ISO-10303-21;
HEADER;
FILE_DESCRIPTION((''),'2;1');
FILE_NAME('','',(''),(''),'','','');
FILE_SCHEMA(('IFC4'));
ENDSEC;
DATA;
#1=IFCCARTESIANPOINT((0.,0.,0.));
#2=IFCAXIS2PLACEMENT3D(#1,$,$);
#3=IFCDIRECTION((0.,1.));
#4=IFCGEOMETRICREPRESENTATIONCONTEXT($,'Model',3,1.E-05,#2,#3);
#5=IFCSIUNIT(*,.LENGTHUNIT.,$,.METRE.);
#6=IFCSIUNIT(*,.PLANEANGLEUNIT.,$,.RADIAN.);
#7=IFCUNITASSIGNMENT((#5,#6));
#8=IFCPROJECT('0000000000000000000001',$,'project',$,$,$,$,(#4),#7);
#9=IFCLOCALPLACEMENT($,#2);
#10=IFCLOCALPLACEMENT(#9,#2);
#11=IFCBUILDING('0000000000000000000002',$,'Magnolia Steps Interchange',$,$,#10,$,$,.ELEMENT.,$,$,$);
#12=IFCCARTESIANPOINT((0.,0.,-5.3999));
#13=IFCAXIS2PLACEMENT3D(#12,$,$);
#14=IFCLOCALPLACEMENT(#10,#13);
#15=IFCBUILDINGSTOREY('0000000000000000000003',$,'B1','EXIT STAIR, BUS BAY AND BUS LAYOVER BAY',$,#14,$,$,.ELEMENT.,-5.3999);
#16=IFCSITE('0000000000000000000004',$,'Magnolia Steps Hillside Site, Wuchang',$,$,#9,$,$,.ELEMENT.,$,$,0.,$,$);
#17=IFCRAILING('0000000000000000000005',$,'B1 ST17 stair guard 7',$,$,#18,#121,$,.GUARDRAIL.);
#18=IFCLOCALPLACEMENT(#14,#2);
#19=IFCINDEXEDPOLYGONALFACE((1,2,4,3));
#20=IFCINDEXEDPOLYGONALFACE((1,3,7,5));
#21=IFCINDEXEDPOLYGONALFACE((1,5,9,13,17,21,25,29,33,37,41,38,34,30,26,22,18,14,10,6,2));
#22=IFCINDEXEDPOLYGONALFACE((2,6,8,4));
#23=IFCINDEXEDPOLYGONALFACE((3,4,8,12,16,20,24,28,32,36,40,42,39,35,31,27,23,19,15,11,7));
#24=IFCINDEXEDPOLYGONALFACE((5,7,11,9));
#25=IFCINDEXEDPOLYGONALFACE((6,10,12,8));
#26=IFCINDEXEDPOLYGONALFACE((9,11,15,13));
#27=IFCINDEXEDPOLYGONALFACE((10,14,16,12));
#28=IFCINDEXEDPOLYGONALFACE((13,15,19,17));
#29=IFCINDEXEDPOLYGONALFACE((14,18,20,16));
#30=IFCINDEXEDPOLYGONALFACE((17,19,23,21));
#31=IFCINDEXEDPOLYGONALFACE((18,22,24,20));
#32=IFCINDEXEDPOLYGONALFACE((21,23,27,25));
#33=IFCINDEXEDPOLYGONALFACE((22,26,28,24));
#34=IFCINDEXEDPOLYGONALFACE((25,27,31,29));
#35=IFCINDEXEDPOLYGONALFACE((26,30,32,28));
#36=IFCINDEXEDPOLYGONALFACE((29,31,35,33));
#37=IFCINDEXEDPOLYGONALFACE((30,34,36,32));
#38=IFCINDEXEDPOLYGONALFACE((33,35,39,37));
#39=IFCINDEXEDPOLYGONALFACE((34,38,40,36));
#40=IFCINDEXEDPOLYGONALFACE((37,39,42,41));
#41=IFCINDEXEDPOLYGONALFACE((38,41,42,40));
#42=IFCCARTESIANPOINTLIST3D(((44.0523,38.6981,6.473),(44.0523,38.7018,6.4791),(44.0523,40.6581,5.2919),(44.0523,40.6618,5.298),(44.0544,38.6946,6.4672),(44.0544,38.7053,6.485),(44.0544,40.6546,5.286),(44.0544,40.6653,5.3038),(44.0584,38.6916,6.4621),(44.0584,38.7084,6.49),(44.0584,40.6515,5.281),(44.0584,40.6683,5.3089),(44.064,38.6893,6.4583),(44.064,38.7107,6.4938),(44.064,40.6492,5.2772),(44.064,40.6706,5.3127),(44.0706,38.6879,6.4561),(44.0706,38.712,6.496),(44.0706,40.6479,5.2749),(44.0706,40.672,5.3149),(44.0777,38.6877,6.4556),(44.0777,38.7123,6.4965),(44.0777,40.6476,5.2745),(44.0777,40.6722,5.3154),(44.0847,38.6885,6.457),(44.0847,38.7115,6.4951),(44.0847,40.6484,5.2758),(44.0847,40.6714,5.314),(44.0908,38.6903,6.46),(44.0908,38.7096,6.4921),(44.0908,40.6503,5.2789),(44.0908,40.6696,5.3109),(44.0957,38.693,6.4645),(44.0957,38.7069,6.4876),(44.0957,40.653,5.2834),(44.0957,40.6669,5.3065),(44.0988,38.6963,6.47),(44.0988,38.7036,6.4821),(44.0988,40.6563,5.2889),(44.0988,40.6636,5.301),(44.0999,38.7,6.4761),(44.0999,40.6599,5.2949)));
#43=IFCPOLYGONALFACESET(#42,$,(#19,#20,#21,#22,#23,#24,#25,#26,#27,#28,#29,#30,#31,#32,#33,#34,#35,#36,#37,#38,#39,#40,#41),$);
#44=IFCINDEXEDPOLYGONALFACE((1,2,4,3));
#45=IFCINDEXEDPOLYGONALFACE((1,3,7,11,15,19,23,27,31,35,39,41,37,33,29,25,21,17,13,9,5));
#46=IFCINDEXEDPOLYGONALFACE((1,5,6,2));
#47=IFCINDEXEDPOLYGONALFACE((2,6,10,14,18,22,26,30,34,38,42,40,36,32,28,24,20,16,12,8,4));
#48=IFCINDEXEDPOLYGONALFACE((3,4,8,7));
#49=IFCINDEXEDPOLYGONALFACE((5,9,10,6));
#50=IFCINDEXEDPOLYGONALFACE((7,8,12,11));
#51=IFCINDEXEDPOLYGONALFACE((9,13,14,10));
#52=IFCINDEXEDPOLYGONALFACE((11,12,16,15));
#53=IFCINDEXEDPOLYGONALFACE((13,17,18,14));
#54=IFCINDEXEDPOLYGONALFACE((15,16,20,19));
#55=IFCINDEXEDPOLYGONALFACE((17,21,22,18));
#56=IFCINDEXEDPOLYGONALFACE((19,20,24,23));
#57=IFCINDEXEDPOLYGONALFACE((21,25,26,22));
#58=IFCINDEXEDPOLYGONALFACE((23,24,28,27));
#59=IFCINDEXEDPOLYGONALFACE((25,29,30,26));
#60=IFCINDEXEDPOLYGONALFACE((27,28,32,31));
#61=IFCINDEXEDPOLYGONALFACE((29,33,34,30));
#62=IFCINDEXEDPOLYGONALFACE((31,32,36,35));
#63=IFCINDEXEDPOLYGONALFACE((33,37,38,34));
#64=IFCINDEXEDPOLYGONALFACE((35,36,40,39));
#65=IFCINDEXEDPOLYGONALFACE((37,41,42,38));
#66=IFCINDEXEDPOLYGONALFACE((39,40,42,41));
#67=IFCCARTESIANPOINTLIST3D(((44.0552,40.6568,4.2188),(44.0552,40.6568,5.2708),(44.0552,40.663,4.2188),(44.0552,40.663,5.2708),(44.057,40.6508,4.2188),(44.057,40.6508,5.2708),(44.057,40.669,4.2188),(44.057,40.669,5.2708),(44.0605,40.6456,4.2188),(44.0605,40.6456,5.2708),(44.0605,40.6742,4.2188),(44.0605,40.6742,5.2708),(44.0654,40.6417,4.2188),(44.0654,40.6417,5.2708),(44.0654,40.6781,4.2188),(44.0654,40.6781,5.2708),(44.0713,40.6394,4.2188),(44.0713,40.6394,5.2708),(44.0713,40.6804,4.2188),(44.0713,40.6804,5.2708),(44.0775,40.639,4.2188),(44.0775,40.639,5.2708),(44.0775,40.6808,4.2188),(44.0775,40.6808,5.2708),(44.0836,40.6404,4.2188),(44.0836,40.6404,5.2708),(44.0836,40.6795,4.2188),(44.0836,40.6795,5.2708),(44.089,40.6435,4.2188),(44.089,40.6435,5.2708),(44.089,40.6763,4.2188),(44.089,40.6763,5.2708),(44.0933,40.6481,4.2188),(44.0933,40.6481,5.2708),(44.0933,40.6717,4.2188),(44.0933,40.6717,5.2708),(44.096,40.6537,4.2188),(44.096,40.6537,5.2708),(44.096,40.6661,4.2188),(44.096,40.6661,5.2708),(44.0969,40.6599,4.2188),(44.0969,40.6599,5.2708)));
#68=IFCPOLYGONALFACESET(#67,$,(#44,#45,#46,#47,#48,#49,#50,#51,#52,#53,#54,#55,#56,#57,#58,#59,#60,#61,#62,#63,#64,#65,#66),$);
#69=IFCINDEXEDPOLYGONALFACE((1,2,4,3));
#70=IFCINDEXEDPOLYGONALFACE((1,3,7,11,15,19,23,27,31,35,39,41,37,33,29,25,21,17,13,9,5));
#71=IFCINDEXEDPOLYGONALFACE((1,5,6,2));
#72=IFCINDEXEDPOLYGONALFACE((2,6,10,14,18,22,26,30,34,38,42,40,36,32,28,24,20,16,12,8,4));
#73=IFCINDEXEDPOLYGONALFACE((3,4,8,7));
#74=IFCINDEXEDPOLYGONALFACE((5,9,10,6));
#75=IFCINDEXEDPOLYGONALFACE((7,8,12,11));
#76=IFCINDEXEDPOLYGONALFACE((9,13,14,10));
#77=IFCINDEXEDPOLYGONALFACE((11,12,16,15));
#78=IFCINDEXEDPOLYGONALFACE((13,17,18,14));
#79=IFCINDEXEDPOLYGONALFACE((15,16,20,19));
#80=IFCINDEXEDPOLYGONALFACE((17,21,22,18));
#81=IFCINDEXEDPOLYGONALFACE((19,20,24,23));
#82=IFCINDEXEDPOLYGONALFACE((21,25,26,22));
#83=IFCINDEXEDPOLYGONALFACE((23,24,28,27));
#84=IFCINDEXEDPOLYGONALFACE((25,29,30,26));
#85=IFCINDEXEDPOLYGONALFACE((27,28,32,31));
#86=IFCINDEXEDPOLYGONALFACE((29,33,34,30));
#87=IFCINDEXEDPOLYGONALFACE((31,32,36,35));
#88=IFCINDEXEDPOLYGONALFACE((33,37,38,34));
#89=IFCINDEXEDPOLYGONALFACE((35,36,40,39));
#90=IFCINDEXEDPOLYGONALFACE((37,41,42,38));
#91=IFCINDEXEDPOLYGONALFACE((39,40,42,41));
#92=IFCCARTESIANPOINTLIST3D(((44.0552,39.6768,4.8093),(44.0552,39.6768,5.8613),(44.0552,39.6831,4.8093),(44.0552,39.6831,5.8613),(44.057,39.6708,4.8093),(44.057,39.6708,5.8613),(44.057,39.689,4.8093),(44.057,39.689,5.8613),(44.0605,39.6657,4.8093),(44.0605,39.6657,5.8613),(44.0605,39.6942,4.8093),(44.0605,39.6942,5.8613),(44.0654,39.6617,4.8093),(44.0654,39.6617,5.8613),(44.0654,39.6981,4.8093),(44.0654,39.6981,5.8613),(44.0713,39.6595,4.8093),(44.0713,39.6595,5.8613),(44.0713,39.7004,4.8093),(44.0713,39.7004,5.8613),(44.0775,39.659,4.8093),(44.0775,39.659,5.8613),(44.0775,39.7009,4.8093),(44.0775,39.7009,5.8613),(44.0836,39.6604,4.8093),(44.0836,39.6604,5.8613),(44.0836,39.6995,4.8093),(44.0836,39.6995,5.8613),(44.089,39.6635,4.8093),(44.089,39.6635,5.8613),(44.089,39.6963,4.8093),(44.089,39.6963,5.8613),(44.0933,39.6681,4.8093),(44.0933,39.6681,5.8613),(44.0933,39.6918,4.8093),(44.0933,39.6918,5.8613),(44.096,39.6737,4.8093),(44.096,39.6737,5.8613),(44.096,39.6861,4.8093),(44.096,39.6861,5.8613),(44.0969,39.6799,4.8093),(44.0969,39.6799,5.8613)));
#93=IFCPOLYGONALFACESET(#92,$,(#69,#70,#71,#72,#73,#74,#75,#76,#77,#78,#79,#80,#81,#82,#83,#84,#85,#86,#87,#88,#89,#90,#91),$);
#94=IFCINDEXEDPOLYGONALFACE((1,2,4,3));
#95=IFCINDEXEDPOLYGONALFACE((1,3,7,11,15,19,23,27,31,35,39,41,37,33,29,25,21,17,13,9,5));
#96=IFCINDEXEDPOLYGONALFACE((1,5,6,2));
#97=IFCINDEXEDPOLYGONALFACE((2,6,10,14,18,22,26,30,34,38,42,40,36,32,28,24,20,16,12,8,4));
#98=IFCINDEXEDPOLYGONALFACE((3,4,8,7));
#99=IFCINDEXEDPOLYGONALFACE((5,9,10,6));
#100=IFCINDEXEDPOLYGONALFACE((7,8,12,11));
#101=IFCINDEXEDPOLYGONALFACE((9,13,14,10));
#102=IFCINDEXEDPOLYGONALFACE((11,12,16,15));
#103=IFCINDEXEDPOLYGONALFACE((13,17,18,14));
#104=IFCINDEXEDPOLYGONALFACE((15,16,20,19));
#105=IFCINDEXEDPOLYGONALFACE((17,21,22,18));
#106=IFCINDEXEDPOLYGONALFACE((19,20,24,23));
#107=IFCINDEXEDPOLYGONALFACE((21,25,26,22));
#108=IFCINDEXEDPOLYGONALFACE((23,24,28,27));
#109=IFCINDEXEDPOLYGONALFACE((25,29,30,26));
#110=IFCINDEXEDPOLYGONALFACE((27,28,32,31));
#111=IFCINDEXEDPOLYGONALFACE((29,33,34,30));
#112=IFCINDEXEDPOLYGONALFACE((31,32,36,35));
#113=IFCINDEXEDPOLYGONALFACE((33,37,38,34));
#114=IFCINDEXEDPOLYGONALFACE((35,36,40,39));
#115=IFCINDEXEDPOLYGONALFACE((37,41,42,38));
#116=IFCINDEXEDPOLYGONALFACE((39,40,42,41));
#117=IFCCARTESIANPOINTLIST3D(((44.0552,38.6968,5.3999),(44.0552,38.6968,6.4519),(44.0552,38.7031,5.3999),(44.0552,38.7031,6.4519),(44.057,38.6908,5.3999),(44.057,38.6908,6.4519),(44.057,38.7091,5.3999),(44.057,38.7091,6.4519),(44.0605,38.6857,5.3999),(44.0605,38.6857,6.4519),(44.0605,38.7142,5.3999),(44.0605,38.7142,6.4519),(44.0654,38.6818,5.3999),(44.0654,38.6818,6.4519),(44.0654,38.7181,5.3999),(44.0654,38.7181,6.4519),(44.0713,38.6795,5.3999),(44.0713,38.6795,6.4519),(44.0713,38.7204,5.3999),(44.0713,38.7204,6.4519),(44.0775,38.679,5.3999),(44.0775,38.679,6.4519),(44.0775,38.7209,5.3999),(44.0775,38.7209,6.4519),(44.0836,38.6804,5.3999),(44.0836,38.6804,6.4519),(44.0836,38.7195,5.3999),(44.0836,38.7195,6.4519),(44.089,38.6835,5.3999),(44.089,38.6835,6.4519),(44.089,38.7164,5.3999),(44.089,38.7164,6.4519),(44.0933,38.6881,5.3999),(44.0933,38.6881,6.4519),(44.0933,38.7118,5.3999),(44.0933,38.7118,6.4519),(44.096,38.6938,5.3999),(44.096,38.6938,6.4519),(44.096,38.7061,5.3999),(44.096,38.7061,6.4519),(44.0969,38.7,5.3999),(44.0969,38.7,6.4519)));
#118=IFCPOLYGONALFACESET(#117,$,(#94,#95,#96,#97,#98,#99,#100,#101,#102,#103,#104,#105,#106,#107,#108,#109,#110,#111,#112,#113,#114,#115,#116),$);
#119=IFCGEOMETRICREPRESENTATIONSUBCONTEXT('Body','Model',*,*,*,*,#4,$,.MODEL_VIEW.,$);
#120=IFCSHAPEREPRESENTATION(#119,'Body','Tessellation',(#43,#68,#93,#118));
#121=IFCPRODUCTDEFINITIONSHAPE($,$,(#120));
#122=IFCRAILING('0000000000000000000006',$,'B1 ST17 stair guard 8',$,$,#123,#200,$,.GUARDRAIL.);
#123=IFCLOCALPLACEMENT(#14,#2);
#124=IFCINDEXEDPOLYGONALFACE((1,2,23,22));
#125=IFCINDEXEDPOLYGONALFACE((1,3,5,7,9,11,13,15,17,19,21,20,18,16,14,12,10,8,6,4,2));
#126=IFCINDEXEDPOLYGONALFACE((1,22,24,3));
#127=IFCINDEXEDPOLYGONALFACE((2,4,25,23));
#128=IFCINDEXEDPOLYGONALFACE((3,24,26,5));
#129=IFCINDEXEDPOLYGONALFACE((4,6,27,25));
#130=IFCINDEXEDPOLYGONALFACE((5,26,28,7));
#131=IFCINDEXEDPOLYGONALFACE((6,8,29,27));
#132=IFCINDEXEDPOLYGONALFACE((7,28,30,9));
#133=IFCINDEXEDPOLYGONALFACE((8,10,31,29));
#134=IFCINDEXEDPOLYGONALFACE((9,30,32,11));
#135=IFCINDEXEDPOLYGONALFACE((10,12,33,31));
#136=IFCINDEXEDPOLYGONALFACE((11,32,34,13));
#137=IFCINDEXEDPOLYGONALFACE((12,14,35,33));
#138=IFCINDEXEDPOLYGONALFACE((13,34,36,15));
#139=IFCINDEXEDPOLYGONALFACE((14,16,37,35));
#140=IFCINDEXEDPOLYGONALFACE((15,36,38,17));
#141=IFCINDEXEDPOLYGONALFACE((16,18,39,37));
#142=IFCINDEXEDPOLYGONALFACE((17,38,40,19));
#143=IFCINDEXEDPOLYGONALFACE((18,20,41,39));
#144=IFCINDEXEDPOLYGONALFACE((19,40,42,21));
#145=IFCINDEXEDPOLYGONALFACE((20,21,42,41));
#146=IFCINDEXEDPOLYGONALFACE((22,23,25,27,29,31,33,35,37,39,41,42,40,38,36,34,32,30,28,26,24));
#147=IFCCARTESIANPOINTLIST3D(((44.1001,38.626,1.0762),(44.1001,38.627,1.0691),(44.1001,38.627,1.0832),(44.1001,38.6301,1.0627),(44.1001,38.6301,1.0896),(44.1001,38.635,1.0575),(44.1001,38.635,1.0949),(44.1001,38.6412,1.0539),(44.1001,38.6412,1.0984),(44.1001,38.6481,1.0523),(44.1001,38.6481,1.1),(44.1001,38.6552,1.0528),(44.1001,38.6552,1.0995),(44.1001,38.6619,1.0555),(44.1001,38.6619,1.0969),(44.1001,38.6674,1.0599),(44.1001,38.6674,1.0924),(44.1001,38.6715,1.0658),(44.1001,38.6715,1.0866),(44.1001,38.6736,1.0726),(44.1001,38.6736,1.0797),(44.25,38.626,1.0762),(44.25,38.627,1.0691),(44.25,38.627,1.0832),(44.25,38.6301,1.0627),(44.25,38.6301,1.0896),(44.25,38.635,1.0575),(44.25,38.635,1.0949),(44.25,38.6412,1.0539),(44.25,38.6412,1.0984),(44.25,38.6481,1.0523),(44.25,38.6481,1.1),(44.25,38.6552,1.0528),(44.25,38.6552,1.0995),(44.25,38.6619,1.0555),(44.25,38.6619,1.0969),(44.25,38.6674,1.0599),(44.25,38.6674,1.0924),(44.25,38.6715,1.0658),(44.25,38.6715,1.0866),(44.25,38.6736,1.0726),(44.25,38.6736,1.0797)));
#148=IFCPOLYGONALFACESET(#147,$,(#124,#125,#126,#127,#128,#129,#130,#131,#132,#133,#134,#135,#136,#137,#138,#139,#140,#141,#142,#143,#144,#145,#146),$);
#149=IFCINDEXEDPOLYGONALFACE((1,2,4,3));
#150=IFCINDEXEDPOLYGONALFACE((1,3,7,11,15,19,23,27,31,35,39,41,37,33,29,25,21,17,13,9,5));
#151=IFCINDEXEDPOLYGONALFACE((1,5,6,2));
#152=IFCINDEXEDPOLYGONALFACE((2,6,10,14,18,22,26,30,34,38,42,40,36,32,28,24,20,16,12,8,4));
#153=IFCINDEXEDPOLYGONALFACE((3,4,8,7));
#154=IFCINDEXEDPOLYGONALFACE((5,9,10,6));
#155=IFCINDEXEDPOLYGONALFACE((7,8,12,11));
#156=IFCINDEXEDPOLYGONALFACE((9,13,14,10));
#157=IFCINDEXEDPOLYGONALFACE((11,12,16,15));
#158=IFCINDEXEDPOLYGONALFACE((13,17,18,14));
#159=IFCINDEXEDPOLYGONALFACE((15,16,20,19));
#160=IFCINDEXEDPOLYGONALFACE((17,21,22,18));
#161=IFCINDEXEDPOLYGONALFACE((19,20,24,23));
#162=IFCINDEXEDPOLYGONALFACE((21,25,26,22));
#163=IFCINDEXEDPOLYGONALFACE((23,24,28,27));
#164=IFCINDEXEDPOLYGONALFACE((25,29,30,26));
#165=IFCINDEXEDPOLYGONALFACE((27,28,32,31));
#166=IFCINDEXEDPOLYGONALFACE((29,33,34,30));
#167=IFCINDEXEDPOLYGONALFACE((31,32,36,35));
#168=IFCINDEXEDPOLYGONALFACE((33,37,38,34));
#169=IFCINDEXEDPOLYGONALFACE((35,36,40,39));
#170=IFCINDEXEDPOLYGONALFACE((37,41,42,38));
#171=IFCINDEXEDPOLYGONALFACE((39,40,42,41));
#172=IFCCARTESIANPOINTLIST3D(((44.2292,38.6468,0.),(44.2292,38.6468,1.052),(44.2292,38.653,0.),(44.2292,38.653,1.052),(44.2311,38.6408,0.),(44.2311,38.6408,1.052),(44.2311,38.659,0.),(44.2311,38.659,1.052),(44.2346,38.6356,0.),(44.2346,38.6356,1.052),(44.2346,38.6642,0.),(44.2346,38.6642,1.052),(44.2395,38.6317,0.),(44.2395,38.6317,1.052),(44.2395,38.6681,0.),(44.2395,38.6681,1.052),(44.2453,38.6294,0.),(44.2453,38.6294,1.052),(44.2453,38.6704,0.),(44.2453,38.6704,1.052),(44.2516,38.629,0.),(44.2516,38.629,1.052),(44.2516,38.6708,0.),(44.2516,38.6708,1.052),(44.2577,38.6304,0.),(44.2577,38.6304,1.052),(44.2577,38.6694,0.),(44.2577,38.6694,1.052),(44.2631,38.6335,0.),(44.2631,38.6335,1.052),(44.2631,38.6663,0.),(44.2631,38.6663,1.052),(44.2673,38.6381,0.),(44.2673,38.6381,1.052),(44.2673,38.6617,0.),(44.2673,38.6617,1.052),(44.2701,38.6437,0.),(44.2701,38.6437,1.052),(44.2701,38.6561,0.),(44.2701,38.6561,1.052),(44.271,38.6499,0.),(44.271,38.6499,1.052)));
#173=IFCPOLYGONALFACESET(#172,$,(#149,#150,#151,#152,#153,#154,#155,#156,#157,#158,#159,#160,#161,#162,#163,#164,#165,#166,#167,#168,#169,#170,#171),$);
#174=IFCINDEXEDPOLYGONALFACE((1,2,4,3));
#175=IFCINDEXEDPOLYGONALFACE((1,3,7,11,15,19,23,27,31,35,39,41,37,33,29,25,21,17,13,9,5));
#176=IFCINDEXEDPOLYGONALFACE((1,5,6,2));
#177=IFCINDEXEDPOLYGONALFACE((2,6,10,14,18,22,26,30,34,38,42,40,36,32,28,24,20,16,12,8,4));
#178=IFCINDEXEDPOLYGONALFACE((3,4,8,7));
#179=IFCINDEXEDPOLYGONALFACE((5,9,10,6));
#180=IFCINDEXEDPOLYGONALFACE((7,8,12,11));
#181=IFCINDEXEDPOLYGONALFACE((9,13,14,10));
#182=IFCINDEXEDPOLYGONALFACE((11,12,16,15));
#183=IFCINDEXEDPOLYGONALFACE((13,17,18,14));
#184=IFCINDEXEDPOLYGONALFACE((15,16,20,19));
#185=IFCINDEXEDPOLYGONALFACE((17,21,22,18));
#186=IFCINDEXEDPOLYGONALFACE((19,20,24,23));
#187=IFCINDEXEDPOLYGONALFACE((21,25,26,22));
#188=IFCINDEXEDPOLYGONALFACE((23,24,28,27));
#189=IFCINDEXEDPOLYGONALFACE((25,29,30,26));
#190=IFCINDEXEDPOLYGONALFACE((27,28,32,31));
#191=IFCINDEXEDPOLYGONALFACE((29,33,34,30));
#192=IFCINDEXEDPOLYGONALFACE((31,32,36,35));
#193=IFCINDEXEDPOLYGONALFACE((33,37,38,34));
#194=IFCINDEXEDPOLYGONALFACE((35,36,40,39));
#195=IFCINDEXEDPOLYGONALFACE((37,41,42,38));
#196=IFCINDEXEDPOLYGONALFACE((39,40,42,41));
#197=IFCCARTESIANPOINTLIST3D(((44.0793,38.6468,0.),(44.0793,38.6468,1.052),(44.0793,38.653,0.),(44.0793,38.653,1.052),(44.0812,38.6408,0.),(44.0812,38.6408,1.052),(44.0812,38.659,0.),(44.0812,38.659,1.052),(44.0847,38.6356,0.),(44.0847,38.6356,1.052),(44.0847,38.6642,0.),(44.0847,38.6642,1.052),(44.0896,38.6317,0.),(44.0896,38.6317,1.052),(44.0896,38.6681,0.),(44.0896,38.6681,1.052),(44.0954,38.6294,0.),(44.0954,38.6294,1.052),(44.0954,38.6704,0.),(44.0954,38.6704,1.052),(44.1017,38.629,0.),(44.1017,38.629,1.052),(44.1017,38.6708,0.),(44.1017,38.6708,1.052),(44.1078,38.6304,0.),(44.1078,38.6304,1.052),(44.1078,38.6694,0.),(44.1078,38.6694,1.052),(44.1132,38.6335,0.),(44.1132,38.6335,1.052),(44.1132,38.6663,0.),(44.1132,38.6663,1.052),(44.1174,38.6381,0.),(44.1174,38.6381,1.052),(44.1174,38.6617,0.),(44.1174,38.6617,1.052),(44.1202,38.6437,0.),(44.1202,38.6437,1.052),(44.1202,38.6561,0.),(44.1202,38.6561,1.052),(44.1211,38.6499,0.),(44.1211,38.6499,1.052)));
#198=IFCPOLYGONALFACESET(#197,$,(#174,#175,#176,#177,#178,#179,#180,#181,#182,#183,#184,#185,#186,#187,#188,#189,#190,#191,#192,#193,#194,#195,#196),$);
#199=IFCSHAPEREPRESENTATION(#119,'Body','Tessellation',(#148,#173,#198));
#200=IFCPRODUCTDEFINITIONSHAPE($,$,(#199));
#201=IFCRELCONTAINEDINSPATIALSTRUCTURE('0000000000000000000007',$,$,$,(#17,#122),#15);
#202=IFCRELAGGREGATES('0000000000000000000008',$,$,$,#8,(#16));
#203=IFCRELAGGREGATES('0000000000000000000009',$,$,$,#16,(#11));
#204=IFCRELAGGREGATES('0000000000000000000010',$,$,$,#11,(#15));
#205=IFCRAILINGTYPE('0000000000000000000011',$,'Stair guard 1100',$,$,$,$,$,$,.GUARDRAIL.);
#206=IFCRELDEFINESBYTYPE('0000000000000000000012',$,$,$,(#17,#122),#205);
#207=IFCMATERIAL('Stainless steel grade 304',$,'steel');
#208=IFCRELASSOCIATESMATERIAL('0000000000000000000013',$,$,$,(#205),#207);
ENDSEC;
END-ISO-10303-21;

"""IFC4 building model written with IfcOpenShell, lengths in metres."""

from ifc_helpers import new_model, si_unit, direction, frame, origin, origin_2d, place, context, subcontext, project, spatial, circle, extrude, material, type_object, element, save


model = new_model("IFC4")

# Units and contexts
model_context = context("Model", 3, precision=1e-05, world=origin(), true_north=direction((0.0, 1.0)))
body_context = subcontext(model_context, "Body", "Model", "MODEL_VIEW")
ifc_project = project(units=[si_unit("LENGTHUNIT", "METRE"), si_unit("PLANEANGLEUNIT", "RADIAN")], contexts=[model_context])

# Site, building, storey
site_placement = place(None, origin())
site = spatial("IfcSite", under=ifc_project, at=site_placement, Name="Magnolia Steps Hillside Site, Wuchang", CompositionType="ELEMENT", RefElevation=0.0)
building_placement = place(site_placement, origin())
building = spatial("IfcBuilding", under=site, at=building_placement, Name="Magnolia Steps Interchange", CompositionType="ELEMENT")
storey_placement = place(building_placement, frame((0.0, 0.0, -5.3999)))
storey = spatial("IfcBuildingStorey", under=building, at=storey_placement, Name="B1", Description="EXIT STAIR, BUS BAY AND BUS LAYOVER BAY", CompositionType="ELEMENT", Elevation=-5.3999)

# Railings
ifc_material_1 = material(Name="Stainless steel grade 304", Category="steel")
railing_type_1 = type_object("IfcRailingType", Name="Stair guard 1100", PredefinedType="GUARDRAIL", material=ifc_material_1)
railing_1_placement = place(storey_placement, frame((44.0759, 40.6599, 4.2188)))
element("IfcRailing", 1, at=railing_1_placement, inside=storey, type_object=railing_type_1, Name="B1 ST17 stair guard 7", PredefinedType="GUARDRAIL", context=body_context, shape_type="SweptSolid", body=[
    extrude(circle(Radius=0.0239, at=origin_2d()), frame((0.0, 0.0, 1.0762), z_axis=(0.0, -0.856493, 0.516158), x_axis=(1.0, 0.0, 0.0)), (0.0, 0.0, 1.0), 2.2883),
    extrude(circle(Radius=0.021, at=origin_2d()), origin(), (0.0, 0.0, 1.0), 1.052),
    extrude(circle(Radius=0.021, at=origin_2d()), frame((0.0, -0.98, 0.5906)), (0.0, 0.0, 1.0), 1.052),
    extrude(circle(Radius=0.021, at=origin_2d()), frame((0.0, -1.96, 1.1812)), (0.0, 0.0, 1.0), 1.052),
])
railing_2_placement = place(storey_placement, frame((44.25, 38.6499, 0.0)))
element("IfcRailing", 2, at=railing_2_placement, inside=storey, type_object=railing_type_1, Name="B1 ST17 stair guard 8", PredefinedType="GUARDRAIL", context=body_context, shape_type="SweptSolid", body=[
    extrude(circle(Radius=0.0239, at=origin_2d()), frame((0.0, 0.0, 1.0762), z_axis=(-1.0, 0.0, 0.0), x_axis=(0.0, -1.0, 0.0)), (0.0, 0.0, 1.0), 0.1499),
    extrude(circle(Radius=0.021, at=origin_2d()), origin(), (0.0, 0.0, 1.0), 1.052),
    extrude(circle(Radius=0.021, at=origin_2d()), frame((-0.1499, 0.0, 0.0)), (0.0, 0.0, 1.0), 1.052),
])

save(model, "model.ifc")
